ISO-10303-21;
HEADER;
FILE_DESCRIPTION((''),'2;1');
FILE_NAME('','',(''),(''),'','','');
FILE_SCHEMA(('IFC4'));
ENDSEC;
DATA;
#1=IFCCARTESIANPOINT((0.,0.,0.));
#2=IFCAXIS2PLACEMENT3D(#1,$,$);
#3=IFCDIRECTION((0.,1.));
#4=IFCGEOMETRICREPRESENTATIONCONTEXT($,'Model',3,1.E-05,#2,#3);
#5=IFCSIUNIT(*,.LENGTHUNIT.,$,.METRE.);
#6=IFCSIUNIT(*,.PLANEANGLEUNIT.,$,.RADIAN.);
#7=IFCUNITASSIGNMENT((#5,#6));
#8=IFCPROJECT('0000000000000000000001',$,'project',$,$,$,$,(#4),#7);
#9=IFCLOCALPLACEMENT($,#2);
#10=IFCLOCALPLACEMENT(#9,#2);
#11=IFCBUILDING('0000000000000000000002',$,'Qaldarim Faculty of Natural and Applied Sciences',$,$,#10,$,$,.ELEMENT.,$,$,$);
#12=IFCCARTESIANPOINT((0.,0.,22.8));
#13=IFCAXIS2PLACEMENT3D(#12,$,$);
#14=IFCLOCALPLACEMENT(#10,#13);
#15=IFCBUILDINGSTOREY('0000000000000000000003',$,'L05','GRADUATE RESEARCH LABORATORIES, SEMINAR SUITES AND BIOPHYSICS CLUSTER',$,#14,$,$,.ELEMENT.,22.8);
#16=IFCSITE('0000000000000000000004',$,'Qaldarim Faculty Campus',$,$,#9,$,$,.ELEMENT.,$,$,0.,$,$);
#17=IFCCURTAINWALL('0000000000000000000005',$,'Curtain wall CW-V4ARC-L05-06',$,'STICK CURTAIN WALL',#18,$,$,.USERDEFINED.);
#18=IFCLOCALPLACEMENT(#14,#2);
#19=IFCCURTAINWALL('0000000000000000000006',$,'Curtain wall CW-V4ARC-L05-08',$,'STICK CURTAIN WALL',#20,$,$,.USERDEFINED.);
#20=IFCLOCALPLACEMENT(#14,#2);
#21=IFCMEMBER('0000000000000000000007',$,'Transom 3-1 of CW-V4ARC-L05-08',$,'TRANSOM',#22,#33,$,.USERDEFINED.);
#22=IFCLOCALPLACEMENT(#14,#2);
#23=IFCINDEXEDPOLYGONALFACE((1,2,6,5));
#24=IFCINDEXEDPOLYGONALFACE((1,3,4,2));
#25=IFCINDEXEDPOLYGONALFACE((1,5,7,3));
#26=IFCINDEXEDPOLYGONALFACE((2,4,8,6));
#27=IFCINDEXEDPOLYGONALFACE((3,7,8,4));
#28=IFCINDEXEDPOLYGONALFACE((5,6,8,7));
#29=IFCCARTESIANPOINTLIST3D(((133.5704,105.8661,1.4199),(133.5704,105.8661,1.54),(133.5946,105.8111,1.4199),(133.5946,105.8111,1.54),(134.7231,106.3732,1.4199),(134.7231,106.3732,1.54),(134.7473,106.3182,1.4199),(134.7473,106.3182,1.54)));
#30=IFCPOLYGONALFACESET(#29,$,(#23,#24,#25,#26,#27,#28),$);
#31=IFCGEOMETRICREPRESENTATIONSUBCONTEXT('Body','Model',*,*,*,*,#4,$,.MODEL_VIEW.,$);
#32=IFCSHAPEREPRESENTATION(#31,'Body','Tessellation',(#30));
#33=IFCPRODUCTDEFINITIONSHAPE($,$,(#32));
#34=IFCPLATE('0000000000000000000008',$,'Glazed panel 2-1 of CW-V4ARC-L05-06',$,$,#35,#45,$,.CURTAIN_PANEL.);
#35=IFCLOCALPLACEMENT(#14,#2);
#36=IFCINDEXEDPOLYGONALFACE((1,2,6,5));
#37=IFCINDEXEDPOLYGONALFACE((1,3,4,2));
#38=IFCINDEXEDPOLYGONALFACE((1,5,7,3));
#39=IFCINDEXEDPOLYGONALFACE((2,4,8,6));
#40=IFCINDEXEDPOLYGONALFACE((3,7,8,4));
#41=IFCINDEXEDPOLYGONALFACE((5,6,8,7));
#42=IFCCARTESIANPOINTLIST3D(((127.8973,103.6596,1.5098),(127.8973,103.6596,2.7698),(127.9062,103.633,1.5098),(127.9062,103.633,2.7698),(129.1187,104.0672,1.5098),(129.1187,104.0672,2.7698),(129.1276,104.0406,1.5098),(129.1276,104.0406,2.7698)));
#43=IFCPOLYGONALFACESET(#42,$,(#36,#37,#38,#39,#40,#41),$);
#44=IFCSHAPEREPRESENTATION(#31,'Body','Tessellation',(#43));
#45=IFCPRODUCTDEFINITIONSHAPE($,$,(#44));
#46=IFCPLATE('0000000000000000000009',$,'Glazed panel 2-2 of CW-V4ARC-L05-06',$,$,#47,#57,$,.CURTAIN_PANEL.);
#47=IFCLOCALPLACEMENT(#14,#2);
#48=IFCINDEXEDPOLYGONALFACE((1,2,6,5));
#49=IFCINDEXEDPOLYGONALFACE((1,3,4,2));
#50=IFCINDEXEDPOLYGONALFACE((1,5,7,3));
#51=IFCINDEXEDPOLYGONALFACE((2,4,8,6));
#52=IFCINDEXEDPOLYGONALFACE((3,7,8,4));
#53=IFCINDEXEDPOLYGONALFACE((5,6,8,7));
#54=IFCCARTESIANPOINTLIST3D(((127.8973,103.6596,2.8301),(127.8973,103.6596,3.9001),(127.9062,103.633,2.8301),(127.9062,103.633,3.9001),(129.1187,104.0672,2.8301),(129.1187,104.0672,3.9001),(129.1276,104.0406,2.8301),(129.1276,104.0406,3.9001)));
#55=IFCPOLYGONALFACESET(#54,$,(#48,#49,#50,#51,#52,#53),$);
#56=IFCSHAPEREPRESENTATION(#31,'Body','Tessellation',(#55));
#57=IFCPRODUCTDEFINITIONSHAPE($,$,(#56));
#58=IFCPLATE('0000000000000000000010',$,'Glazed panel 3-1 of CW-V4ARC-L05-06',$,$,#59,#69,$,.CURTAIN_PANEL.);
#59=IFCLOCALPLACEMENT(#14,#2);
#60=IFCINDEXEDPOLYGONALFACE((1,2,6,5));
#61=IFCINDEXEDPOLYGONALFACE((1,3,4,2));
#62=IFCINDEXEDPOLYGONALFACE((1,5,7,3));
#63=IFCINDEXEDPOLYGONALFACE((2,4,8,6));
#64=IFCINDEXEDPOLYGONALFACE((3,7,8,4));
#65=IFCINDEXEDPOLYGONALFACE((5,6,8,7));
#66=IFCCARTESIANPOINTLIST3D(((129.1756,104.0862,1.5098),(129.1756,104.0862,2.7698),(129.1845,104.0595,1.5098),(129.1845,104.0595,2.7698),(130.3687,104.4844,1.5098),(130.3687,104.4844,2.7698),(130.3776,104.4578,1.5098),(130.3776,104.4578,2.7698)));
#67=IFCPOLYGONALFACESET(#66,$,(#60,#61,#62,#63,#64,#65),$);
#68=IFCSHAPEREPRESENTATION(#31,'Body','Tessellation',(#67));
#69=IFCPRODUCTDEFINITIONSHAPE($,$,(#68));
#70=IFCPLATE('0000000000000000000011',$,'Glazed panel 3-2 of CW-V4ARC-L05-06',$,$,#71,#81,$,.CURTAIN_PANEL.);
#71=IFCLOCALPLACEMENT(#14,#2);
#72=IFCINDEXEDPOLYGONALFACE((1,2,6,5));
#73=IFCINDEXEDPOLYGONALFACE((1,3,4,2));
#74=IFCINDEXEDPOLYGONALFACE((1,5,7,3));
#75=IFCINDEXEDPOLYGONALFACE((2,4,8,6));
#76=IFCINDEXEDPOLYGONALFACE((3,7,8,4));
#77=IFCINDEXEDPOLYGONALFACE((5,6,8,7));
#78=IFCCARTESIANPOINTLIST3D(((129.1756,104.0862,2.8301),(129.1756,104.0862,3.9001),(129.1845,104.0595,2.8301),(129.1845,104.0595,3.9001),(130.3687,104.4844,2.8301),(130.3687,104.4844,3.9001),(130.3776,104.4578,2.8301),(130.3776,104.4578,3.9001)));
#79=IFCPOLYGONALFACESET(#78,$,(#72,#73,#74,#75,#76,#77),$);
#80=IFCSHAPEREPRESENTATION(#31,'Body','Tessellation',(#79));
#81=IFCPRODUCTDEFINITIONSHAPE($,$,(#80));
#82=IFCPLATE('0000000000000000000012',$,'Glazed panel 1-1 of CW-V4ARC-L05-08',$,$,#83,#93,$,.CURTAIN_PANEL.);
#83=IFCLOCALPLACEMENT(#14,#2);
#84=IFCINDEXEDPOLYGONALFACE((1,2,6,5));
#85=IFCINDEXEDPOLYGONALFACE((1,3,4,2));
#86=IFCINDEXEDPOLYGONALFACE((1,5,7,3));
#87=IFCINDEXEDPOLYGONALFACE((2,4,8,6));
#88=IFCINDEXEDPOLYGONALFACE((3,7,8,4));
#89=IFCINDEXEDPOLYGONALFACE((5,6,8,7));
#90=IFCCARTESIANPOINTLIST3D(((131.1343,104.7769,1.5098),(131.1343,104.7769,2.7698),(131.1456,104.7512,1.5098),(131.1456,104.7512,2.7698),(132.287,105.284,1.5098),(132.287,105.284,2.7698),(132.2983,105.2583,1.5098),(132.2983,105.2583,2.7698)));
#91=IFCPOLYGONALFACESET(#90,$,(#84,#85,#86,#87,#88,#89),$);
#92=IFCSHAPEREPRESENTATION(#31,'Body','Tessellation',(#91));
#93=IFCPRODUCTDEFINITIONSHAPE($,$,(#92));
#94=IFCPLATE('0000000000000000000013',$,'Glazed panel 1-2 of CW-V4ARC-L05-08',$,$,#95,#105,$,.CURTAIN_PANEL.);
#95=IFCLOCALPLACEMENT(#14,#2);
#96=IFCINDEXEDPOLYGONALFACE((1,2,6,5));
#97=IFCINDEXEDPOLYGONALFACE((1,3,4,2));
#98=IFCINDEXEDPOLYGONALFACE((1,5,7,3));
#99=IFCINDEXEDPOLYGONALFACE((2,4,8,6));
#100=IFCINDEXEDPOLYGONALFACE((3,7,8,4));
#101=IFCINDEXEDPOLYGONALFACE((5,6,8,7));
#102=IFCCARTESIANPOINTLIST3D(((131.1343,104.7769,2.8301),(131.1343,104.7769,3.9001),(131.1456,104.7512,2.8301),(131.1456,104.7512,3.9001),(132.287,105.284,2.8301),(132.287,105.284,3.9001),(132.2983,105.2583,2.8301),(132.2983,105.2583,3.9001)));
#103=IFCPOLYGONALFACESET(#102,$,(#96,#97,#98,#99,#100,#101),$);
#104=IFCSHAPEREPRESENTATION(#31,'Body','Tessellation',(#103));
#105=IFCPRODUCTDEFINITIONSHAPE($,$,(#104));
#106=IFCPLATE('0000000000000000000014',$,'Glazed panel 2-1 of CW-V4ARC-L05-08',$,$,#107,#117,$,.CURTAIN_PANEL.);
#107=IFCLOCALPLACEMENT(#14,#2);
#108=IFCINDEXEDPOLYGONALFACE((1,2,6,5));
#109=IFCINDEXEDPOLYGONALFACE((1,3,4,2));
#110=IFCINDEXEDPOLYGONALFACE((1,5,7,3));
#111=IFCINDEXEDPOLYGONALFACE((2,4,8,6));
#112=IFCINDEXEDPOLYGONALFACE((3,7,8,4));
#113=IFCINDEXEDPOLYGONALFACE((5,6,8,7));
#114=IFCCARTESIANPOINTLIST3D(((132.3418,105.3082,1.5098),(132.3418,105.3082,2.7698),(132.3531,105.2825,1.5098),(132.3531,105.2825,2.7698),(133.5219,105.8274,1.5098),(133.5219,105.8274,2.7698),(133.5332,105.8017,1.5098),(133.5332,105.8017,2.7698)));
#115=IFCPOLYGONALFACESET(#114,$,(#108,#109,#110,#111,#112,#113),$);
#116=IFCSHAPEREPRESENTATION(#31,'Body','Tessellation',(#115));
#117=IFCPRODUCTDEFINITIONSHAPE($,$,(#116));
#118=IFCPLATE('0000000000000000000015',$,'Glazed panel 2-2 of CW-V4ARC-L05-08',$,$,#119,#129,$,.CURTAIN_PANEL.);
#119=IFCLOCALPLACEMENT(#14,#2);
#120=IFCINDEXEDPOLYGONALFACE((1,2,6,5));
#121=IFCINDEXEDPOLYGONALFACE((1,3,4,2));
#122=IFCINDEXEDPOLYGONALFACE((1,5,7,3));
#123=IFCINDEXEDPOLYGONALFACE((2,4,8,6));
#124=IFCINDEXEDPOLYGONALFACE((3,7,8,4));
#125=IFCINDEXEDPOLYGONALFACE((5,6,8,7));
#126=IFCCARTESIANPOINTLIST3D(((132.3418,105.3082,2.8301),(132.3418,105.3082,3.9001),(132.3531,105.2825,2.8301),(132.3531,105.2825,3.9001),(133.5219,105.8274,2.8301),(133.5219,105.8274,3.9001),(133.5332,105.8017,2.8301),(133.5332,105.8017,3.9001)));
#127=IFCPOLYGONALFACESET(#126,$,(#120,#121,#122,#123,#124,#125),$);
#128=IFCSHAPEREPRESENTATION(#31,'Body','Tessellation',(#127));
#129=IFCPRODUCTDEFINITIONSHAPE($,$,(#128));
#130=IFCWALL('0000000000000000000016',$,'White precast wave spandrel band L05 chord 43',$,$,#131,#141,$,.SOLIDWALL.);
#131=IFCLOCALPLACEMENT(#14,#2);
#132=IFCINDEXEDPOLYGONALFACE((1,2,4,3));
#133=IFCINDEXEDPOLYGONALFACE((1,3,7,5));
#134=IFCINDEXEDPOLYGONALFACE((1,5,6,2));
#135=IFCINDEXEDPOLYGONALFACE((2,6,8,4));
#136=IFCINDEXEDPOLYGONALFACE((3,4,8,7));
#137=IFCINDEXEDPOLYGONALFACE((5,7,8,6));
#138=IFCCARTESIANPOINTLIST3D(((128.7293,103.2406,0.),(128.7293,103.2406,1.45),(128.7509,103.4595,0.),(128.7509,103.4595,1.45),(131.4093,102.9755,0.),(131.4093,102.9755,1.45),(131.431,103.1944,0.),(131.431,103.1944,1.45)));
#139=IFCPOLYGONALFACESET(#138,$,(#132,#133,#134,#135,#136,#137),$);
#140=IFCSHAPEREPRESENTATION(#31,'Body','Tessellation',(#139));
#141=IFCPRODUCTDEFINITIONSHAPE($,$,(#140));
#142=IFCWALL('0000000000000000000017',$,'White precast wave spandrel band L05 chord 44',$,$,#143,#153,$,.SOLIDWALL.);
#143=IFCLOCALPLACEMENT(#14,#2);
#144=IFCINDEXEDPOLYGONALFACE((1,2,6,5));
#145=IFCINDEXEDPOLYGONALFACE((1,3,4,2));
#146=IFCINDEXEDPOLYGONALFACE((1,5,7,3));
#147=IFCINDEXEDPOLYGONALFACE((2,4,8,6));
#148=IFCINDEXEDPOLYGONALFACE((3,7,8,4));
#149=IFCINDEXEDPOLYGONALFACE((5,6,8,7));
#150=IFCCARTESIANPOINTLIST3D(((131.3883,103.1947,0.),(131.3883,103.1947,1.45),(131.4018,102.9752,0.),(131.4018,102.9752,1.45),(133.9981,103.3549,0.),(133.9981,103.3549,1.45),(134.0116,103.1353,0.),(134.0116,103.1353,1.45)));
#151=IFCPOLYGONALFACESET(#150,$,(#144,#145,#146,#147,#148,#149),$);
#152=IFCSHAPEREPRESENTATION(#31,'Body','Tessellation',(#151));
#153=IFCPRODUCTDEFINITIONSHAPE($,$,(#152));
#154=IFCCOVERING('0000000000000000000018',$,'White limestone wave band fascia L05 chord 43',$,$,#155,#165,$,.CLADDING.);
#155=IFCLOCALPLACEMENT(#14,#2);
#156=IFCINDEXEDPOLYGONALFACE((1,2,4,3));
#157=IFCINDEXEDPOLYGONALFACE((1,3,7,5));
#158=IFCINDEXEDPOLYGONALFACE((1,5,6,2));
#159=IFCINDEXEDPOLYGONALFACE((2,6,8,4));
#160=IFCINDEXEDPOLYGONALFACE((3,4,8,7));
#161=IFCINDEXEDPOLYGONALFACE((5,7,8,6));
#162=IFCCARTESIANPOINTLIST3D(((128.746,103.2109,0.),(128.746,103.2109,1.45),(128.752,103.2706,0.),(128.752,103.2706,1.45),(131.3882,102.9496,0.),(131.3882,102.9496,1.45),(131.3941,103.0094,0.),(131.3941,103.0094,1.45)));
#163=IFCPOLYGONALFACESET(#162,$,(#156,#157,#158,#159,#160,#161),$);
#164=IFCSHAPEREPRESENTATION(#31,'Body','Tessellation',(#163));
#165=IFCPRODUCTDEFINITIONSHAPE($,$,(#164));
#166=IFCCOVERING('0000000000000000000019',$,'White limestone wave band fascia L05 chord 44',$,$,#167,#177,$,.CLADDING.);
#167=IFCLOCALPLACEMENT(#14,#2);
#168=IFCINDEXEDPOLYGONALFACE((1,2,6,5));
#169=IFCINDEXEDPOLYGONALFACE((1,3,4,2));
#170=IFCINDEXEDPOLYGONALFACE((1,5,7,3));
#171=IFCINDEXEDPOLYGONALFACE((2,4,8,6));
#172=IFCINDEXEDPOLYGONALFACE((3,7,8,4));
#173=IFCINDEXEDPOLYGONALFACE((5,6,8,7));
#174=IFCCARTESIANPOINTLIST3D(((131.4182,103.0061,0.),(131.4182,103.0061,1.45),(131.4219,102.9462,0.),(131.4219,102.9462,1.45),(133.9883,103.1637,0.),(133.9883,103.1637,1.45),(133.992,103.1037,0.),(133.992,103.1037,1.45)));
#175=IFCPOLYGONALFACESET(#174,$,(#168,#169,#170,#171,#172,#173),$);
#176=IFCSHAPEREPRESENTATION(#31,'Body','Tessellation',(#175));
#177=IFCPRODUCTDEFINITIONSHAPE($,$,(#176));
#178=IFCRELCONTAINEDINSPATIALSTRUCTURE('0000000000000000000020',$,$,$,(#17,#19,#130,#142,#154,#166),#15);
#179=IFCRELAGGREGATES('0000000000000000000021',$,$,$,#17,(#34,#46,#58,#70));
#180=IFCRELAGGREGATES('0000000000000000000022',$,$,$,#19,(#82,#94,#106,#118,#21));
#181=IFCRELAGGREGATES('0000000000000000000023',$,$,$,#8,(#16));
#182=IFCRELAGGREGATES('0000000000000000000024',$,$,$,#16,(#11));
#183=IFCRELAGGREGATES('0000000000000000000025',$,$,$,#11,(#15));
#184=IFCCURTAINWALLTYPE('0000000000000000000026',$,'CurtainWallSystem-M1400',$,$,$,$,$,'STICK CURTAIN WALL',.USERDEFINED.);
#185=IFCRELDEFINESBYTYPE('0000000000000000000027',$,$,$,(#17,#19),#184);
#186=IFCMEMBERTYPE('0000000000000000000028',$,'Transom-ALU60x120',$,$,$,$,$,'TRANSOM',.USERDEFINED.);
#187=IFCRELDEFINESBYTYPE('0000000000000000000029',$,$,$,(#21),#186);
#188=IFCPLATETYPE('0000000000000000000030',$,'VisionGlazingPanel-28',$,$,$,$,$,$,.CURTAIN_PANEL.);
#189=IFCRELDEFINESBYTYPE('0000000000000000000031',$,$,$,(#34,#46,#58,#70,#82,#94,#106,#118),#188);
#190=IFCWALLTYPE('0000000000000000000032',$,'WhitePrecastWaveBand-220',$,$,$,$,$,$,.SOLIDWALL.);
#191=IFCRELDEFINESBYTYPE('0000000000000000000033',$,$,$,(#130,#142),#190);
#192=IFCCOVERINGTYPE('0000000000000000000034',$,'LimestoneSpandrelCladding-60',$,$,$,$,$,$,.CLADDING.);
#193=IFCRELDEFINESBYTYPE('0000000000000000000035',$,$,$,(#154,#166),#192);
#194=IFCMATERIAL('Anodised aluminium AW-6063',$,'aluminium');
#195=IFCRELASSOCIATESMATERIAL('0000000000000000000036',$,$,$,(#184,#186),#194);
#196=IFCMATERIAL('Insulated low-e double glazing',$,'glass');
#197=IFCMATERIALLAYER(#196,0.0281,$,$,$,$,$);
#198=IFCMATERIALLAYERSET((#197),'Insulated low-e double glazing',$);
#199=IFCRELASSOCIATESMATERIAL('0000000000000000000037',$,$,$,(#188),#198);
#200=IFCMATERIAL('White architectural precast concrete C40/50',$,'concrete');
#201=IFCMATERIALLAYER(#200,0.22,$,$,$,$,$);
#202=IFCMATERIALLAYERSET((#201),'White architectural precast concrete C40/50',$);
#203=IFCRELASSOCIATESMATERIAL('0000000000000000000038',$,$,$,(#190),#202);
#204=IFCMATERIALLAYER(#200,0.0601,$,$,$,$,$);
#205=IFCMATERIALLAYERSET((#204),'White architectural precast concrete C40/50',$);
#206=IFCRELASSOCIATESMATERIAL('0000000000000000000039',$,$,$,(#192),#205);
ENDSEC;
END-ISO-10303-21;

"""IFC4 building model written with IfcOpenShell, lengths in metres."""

from ifc_helpers import new_model, si_unit, direction, frame, frame_2d, origin, origin_2d, place, context, subcontext, project, spatial, rectangle, extrude, material, layer, layer_set, material_profile, profile_set, type_object, element, aggregate, save


model = new_model("IFC4")

# Units and contexts
model_context = context("Model", 3, precision=1e-05, world=origin(), true_north=direction((0.0, 1.0)))
body_context = subcontext(model_context, "Body", "Model", "MODEL_VIEW")
ifc_project = project(units=[si_unit("LENGTHUNIT", "METRE"), si_unit("PLANEANGLEUNIT", "RADIAN")], contexts=[model_context])

# Site, building, storey
site_placement = place(None, origin())
site = spatial("IfcSite", under=ifc_project, at=site_placement, Name="Qaldarim Faculty Campus", CompositionType="ELEMENT", RefElevation=0.0)
building_placement = place(site_placement, origin())
building = spatial("IfcBuilding", under=site, at=building_placement, Name="Qaldarim Faculty of Natural and Applied Sciences", CompositionType="ELEMENT")
storey_placement = place(building_placement, frame((0.0, 0.0, 22.8)))
storey = spatial("IfcBuildingStorey", under=building, at=storey_placement, Name="L05", Description="GRADUATE RESEARCH LABORATORIES, SEMINAR SUITES AND BIOPHYSICS CLUSTER", CompositionType="ELEMENT", Elevation=22.8)

# Curtain walls
ifc_material_1 = material(Name="Anodised aluminium AW-6063", Category="aluminium")
curtain_wall_type = type_object("IfcCurtainWallType", Name="CurtainWallSystem-M1400", ElementType="STICK CURTAIN WALL", PredefinedType="USERDEFINED", material=ifc_material_1)
curtain_wall_1_placement = place(storey_placement, origin())
curtain_wall_1 = element("IfcCurtainWall", 1, at=curtain_wall_1_placement, inside=storey, type_object=curtain_wall_type, Name="Curtain wall CW-V4ARC-L05-06", ObjectType="STICK CURTAIN WALL", PredefinedType="USERDEFINED")
curtain_wall_2_placement = place(storey_placement, origin())
curtain_wall_2 = element("IfcCurtainWall", 2, at=curtain_wall_2_placement, inside=storey, type_object=curtain_wall_type, Name="Curtain wall CW-V4ARC-L05-08", ObjectType="STICK CURTAIN WALL", PredefinedType="USERDEFINED")

# Member
ifc_material_profile_1 = material_profile(ifc_material_1, rectangle(XDim=0.0601, YDim=0.1201, at=origin_2d()), Name="ALU-T60x120")
ifc_profile_set_1 = profile_set([ifc_material_profile_1], Name="Anodised aluminium AW-6063")
member_type_1 = type_object("IfcMemberType", Name="Transom-ALU60x120", ElementType="TRANSOM", PredefinedType="USERDEFINED", material=ifc_profile_set_1)
member_1_placement = place(storey_placement, frame((133.5825, 105.8386, 1.48), z_axis=(0.915332, 0.4027, 0.0), x_axis=(-0.4027, 0.915332, 0.0)))
member_1 = element("IfcMember", 3, at=member_1_placement, type_object=member_type_1, Name="Transom 3-1 of CW-V4ARC-L05-08", ObjectType="TRANSOM", PredefinedType="USERDEFINED", context=body_context, shape_type="SweptSolid", body=[
    extrude(rectangle(XDim=0.0601, YDim=0.1201, at=origin_2d()), origin(), (0.0, 0.0, 1.0), 1.2593),
])

# Plates
ifc_material_2 = material(Name="Insulated low-e double glazing", Category="glass")
ifc_layer_1 = layer(ifc_material_2, 0.0281)
ifc_layer_set_1 = layer_set([ifc_layer_1], Name="Insulated low-e double glazing")
plate_type = type_object("IfcPlateType", Name="VisionGlazingPanel-28", PredefinedType="CURTAIN_PANEL", material=ifc_layer_set_1)
plate_1_placement = place(storey_placement, frame((128.5125, 103.8501, 1.5098), z_axis=(0.0, 0.0, 1.0), x_axis=(0.948562, 0.316593, 0.0)))
plate_1 = element("IfcPlate", 4, at=plate_1_placement, type_object=plate_type, Name="Glazed panel 2-1 of CW-V4ARC-L05-06", PredefinedType="CURTAIN_PANEL", context=body_context, shape_type="SweptSolid", body=[
    extrude(rectangle(XDim=1.2876, YDim=0.0281, at=origin_2d()), origin(), (0.0, 0.0, 1.0), 1.26),
])
plate_2_placement = place(storey_placement, frame((128.5125, 103.8501, 2.8301), z_axis=(0.0, 0.0, 1.0), x_axis=(0.948562, 0.316593, 0.0)))
plate_2 = element("IfcPlate", 5, at=plate_2_placement, type_object=plate_type, Name="Glazed panel 2-2 of CW-V4ARC-L05-06", PredefinedType="CURTAIN_PANEL", context=body_context, shape_type="SweptSolid", body=[
    extrude(rectangle(XDim=1.2876, YDim=0.0281, at=origin_2d()), origin(), (0.0, 0.0, 1.0), 1.0701),
])
plate_3_placement = place(storey_placement, frame((129.7766, 104.272, 1.5098), z_axis=(0.0, 0.0, 1.0), x_axis=(0.948562, 0.316593, 0.0)))
plate_3 = element("IfcPlate", 6, at=plate_3_placement, type_object=plate_type, Name="Glazed panel 3-1 of CW-V4ARC-L05-06", PredefinedType="CURTAIN_PANEL", context=body_context, shape_type="SweptSolid", body=[
    extrude(rectangle(XDim=1.2578, YDim=0.0281, at=origin_2d()), origin(), (0.0, 0.0, 1.0), 1.26),
])
plate_4_placement = place(storey_placement, frame((129.7766, 104.272, 2.8301), z_axis=(0.0, 0.0, 1.0), x_axis=(0.948562, 0.316593, 0.0)))
plate_4 = element("IfcPlate", 7, at=plate_4_placement, type_object=plate_type, Name="Glazed panel 3-2 of CW-V4ARC-L05-06", PredefinedType="CURTAIN_PANEL", context=body_context, shape_type="SweptSolid", body=[
    extrude(rectangle(XDim=1.2578, YDim=0.0281, at=origin_2d()), origin(), (0.0, 0.0, 1.0), 1.0701),
])
aggregate(curtain_wall_1, [plate_1, plate_2, plate_3, plate_4])
plate_5_placement = place(storey_placement, frame((131.7163, 105.0176, 1.5098), z_axis=(0.0, 0.0, 1.0), x_axis=(0.915333, 0.402699, 0.0)))
plate_5 = element("IfcPlate", 8, at=plate_5_placement, type_object=plate_type, Name="Glazed panel 1-1 of CW-V4ARC-L05-08", PredefinedType="CURTAIN_PANEL", context=body_context, shape_type="SweptSolid", body=[
    extrude(rectangle(XDim=1.2593, YDim=0.0281, at=origin_2d()), origin(), (0.0, 0.0, 1.0), 1.26),
])
plate_6_placement = place(storey_placement, frame((131.7163, 105.0176, 2.8301), z_axis=(0.0, 0.0, 1.0), x_axis=(0.915333, 0.402699, 0.0)))
plate_6 = element("IfcPlate", 9, at=plate_6_placement, type_object=plate_type, Name="Glazed panel 1-2 of CW-V4ARC-L05-08", PredefinedType="CURTAIN_PANEL", context=body_context, shape_type="SweptSolid", body=[
    extrude(rectangle(XDim=1.2593, YDim=0.0281, at=origin_2d()), origin(), (0.0, 0.0, 1.0), 1.0701),
])
plate_7_placement = place(storey_placement, frame((132.9375, 105.5549, 1.5098), z_axis=(0.0, 0.0, 1.0), x_axis=(0.915333, 0.402699, 0.0)))
plate_7 = element("IfcPlate", 10, at=plate_7_placement, type_object=plate_type, Name="Glazed panel 2-1 of CW-V4ARC-L05-08", PredefinedType="CURTAIN_PANEL", context=body_context, shape_type="SweptSolid", body=[
    extrude(rectangle(XDim=1.2893, YDim=0.0281, at=origin_2d()), origin(), (0.0, 0.0, 1.0), 1.26),
])
plate_8_placement = place(storey_placement, frame((132.9375, 105.5549, 2.8301), z_axis=(0.0, 0.0, 1.0), x_axis=(0.915333, 0.402699, 0.0)))
plate_8 = element("IfcPlate", 11, at=plate_8_placement, type_object=plate_type, Name="Glazed panel 2-2 of CW-V4ARC-L05-08", PredefinedType="CURTAIN_PANEL", context=body_context, shape_type="SweptSolid", body=[
    extrude(rectangle(XDim=1.2893, YDim=0.0281, at=origin_2d()), origin(), (0.0, 0.0, 1.0), 1.0701),
])
aggregate(curtain_wall_2, [plate_5, plate_6, plate_7, plate_8, member_1])

# Walls
ifc_material_3 = material(Name="White architectural precast concrete C40/50", Category="concrete")
ifc_layer_2 = layer(ifc_material_3, 0.22)
ifc_layer_set_2 = layer_set([ifc_layer_2], Name="White architectural precast concrete C40/50")
wall_type = type_object("IfcWallType", Name="WhitePrecastWaveBand-220", PredefinedType="SOLIDWALL", material=ifc_layer_set_2)
wall_1_placement = place(storey_placement, frame((128.74, 103.3501, 0.0), z_axis=(0.0, 0.0, 1.0), x_axis=(0.995142, -0.098453, 0.0)))
element("IfcWall", 12, at=wall_1_placement, inside=storey, type_object=wall_type, Name="White precast wave spandrel band L05 chord 43", PredefinedType="SOLIDWALL", context=body_context, shape_type="SweptSolid", body=[
    extrude(rectangle(XDim=2.6931, YDim=0.22, at=frame_2d((1.3467, 0.0))), origin(), (0.0, 0.0, 1.0), 1.45),
])
wall_2_placement = place(storey_placement, frame((131.395, 103.085, 0.0), z_axis=(0.0, 0.0, 1.0), x_axis=(0.998122, 0.061251, 0.0)))
element("IfcWall", 13, at=wall_2_placement, inside=storey, type_object=wall_type, Name="White precast wave spandrel band L05 chord 44", PredefinedType="SOLIDWALL", context=body_context, shape_type="SweptSolid", body=[
    extrude(rectangle(XDim=2.6147, YDim=0.22, at=frame_2d((1.3074, 0.0))), origin(), (0.0, 0.0, 1.0), 1.45),
])

# Coverings
ifc_layer_3 = layer(ifc_material_3, 0.0601)
ifc_layer_set_3 = layer_set([ifc_layer_3], Name="White architectural precast concrete C40/50")
covering_type = type_object("IfcCoveringType", Name="LimestoneSpandrelCladding-60", PredefinedType="CLADDING", material=ifc_layer_set_3)
covering_1_placement = place(storey_placement, frame((130.0701, 103.1101, 0.0), z_axis=(0.0, 0.0, 1.0), x_axis=(0.995147, -0.098399, 0.0)))
element("IfcCovering", 14, at=covering_1_placement, inside=storey, type_object=covering_type, Name="White limestone wave band fascia L05 chord 43", PredefinedType="CLADDING", context=body_context, shape_type="SweptSolid", body=[
    extrude(rectangle(XDim=2.655, YDim=0.0601, at=origin_2d()), origin(), (0.0, 0.0, 1.0), 1.45),
])
covering_2_placement = place(storey_placement, frame((132.7051, 103.0549, 0.0), z_axis=(0.0, 0.0, 1.0), x_axis=(0.998126, 0.061188, 0.0)))
element("IfcCovering", 15, at=covering_2_placement, inside=storey, type_object=covering_type, Name="White limestone wave band fascia L05 chord 44", PredefinedType="CLADDING", context=body_context, shape_type="SweptSolid", body=[
    extrude(rectangle(XDim=2.575, YDim=0.0601, at=origin_2d()), origin(), (0.0, 0.0, 1.0), 1.45),
])

save(model, "model.ifc")
